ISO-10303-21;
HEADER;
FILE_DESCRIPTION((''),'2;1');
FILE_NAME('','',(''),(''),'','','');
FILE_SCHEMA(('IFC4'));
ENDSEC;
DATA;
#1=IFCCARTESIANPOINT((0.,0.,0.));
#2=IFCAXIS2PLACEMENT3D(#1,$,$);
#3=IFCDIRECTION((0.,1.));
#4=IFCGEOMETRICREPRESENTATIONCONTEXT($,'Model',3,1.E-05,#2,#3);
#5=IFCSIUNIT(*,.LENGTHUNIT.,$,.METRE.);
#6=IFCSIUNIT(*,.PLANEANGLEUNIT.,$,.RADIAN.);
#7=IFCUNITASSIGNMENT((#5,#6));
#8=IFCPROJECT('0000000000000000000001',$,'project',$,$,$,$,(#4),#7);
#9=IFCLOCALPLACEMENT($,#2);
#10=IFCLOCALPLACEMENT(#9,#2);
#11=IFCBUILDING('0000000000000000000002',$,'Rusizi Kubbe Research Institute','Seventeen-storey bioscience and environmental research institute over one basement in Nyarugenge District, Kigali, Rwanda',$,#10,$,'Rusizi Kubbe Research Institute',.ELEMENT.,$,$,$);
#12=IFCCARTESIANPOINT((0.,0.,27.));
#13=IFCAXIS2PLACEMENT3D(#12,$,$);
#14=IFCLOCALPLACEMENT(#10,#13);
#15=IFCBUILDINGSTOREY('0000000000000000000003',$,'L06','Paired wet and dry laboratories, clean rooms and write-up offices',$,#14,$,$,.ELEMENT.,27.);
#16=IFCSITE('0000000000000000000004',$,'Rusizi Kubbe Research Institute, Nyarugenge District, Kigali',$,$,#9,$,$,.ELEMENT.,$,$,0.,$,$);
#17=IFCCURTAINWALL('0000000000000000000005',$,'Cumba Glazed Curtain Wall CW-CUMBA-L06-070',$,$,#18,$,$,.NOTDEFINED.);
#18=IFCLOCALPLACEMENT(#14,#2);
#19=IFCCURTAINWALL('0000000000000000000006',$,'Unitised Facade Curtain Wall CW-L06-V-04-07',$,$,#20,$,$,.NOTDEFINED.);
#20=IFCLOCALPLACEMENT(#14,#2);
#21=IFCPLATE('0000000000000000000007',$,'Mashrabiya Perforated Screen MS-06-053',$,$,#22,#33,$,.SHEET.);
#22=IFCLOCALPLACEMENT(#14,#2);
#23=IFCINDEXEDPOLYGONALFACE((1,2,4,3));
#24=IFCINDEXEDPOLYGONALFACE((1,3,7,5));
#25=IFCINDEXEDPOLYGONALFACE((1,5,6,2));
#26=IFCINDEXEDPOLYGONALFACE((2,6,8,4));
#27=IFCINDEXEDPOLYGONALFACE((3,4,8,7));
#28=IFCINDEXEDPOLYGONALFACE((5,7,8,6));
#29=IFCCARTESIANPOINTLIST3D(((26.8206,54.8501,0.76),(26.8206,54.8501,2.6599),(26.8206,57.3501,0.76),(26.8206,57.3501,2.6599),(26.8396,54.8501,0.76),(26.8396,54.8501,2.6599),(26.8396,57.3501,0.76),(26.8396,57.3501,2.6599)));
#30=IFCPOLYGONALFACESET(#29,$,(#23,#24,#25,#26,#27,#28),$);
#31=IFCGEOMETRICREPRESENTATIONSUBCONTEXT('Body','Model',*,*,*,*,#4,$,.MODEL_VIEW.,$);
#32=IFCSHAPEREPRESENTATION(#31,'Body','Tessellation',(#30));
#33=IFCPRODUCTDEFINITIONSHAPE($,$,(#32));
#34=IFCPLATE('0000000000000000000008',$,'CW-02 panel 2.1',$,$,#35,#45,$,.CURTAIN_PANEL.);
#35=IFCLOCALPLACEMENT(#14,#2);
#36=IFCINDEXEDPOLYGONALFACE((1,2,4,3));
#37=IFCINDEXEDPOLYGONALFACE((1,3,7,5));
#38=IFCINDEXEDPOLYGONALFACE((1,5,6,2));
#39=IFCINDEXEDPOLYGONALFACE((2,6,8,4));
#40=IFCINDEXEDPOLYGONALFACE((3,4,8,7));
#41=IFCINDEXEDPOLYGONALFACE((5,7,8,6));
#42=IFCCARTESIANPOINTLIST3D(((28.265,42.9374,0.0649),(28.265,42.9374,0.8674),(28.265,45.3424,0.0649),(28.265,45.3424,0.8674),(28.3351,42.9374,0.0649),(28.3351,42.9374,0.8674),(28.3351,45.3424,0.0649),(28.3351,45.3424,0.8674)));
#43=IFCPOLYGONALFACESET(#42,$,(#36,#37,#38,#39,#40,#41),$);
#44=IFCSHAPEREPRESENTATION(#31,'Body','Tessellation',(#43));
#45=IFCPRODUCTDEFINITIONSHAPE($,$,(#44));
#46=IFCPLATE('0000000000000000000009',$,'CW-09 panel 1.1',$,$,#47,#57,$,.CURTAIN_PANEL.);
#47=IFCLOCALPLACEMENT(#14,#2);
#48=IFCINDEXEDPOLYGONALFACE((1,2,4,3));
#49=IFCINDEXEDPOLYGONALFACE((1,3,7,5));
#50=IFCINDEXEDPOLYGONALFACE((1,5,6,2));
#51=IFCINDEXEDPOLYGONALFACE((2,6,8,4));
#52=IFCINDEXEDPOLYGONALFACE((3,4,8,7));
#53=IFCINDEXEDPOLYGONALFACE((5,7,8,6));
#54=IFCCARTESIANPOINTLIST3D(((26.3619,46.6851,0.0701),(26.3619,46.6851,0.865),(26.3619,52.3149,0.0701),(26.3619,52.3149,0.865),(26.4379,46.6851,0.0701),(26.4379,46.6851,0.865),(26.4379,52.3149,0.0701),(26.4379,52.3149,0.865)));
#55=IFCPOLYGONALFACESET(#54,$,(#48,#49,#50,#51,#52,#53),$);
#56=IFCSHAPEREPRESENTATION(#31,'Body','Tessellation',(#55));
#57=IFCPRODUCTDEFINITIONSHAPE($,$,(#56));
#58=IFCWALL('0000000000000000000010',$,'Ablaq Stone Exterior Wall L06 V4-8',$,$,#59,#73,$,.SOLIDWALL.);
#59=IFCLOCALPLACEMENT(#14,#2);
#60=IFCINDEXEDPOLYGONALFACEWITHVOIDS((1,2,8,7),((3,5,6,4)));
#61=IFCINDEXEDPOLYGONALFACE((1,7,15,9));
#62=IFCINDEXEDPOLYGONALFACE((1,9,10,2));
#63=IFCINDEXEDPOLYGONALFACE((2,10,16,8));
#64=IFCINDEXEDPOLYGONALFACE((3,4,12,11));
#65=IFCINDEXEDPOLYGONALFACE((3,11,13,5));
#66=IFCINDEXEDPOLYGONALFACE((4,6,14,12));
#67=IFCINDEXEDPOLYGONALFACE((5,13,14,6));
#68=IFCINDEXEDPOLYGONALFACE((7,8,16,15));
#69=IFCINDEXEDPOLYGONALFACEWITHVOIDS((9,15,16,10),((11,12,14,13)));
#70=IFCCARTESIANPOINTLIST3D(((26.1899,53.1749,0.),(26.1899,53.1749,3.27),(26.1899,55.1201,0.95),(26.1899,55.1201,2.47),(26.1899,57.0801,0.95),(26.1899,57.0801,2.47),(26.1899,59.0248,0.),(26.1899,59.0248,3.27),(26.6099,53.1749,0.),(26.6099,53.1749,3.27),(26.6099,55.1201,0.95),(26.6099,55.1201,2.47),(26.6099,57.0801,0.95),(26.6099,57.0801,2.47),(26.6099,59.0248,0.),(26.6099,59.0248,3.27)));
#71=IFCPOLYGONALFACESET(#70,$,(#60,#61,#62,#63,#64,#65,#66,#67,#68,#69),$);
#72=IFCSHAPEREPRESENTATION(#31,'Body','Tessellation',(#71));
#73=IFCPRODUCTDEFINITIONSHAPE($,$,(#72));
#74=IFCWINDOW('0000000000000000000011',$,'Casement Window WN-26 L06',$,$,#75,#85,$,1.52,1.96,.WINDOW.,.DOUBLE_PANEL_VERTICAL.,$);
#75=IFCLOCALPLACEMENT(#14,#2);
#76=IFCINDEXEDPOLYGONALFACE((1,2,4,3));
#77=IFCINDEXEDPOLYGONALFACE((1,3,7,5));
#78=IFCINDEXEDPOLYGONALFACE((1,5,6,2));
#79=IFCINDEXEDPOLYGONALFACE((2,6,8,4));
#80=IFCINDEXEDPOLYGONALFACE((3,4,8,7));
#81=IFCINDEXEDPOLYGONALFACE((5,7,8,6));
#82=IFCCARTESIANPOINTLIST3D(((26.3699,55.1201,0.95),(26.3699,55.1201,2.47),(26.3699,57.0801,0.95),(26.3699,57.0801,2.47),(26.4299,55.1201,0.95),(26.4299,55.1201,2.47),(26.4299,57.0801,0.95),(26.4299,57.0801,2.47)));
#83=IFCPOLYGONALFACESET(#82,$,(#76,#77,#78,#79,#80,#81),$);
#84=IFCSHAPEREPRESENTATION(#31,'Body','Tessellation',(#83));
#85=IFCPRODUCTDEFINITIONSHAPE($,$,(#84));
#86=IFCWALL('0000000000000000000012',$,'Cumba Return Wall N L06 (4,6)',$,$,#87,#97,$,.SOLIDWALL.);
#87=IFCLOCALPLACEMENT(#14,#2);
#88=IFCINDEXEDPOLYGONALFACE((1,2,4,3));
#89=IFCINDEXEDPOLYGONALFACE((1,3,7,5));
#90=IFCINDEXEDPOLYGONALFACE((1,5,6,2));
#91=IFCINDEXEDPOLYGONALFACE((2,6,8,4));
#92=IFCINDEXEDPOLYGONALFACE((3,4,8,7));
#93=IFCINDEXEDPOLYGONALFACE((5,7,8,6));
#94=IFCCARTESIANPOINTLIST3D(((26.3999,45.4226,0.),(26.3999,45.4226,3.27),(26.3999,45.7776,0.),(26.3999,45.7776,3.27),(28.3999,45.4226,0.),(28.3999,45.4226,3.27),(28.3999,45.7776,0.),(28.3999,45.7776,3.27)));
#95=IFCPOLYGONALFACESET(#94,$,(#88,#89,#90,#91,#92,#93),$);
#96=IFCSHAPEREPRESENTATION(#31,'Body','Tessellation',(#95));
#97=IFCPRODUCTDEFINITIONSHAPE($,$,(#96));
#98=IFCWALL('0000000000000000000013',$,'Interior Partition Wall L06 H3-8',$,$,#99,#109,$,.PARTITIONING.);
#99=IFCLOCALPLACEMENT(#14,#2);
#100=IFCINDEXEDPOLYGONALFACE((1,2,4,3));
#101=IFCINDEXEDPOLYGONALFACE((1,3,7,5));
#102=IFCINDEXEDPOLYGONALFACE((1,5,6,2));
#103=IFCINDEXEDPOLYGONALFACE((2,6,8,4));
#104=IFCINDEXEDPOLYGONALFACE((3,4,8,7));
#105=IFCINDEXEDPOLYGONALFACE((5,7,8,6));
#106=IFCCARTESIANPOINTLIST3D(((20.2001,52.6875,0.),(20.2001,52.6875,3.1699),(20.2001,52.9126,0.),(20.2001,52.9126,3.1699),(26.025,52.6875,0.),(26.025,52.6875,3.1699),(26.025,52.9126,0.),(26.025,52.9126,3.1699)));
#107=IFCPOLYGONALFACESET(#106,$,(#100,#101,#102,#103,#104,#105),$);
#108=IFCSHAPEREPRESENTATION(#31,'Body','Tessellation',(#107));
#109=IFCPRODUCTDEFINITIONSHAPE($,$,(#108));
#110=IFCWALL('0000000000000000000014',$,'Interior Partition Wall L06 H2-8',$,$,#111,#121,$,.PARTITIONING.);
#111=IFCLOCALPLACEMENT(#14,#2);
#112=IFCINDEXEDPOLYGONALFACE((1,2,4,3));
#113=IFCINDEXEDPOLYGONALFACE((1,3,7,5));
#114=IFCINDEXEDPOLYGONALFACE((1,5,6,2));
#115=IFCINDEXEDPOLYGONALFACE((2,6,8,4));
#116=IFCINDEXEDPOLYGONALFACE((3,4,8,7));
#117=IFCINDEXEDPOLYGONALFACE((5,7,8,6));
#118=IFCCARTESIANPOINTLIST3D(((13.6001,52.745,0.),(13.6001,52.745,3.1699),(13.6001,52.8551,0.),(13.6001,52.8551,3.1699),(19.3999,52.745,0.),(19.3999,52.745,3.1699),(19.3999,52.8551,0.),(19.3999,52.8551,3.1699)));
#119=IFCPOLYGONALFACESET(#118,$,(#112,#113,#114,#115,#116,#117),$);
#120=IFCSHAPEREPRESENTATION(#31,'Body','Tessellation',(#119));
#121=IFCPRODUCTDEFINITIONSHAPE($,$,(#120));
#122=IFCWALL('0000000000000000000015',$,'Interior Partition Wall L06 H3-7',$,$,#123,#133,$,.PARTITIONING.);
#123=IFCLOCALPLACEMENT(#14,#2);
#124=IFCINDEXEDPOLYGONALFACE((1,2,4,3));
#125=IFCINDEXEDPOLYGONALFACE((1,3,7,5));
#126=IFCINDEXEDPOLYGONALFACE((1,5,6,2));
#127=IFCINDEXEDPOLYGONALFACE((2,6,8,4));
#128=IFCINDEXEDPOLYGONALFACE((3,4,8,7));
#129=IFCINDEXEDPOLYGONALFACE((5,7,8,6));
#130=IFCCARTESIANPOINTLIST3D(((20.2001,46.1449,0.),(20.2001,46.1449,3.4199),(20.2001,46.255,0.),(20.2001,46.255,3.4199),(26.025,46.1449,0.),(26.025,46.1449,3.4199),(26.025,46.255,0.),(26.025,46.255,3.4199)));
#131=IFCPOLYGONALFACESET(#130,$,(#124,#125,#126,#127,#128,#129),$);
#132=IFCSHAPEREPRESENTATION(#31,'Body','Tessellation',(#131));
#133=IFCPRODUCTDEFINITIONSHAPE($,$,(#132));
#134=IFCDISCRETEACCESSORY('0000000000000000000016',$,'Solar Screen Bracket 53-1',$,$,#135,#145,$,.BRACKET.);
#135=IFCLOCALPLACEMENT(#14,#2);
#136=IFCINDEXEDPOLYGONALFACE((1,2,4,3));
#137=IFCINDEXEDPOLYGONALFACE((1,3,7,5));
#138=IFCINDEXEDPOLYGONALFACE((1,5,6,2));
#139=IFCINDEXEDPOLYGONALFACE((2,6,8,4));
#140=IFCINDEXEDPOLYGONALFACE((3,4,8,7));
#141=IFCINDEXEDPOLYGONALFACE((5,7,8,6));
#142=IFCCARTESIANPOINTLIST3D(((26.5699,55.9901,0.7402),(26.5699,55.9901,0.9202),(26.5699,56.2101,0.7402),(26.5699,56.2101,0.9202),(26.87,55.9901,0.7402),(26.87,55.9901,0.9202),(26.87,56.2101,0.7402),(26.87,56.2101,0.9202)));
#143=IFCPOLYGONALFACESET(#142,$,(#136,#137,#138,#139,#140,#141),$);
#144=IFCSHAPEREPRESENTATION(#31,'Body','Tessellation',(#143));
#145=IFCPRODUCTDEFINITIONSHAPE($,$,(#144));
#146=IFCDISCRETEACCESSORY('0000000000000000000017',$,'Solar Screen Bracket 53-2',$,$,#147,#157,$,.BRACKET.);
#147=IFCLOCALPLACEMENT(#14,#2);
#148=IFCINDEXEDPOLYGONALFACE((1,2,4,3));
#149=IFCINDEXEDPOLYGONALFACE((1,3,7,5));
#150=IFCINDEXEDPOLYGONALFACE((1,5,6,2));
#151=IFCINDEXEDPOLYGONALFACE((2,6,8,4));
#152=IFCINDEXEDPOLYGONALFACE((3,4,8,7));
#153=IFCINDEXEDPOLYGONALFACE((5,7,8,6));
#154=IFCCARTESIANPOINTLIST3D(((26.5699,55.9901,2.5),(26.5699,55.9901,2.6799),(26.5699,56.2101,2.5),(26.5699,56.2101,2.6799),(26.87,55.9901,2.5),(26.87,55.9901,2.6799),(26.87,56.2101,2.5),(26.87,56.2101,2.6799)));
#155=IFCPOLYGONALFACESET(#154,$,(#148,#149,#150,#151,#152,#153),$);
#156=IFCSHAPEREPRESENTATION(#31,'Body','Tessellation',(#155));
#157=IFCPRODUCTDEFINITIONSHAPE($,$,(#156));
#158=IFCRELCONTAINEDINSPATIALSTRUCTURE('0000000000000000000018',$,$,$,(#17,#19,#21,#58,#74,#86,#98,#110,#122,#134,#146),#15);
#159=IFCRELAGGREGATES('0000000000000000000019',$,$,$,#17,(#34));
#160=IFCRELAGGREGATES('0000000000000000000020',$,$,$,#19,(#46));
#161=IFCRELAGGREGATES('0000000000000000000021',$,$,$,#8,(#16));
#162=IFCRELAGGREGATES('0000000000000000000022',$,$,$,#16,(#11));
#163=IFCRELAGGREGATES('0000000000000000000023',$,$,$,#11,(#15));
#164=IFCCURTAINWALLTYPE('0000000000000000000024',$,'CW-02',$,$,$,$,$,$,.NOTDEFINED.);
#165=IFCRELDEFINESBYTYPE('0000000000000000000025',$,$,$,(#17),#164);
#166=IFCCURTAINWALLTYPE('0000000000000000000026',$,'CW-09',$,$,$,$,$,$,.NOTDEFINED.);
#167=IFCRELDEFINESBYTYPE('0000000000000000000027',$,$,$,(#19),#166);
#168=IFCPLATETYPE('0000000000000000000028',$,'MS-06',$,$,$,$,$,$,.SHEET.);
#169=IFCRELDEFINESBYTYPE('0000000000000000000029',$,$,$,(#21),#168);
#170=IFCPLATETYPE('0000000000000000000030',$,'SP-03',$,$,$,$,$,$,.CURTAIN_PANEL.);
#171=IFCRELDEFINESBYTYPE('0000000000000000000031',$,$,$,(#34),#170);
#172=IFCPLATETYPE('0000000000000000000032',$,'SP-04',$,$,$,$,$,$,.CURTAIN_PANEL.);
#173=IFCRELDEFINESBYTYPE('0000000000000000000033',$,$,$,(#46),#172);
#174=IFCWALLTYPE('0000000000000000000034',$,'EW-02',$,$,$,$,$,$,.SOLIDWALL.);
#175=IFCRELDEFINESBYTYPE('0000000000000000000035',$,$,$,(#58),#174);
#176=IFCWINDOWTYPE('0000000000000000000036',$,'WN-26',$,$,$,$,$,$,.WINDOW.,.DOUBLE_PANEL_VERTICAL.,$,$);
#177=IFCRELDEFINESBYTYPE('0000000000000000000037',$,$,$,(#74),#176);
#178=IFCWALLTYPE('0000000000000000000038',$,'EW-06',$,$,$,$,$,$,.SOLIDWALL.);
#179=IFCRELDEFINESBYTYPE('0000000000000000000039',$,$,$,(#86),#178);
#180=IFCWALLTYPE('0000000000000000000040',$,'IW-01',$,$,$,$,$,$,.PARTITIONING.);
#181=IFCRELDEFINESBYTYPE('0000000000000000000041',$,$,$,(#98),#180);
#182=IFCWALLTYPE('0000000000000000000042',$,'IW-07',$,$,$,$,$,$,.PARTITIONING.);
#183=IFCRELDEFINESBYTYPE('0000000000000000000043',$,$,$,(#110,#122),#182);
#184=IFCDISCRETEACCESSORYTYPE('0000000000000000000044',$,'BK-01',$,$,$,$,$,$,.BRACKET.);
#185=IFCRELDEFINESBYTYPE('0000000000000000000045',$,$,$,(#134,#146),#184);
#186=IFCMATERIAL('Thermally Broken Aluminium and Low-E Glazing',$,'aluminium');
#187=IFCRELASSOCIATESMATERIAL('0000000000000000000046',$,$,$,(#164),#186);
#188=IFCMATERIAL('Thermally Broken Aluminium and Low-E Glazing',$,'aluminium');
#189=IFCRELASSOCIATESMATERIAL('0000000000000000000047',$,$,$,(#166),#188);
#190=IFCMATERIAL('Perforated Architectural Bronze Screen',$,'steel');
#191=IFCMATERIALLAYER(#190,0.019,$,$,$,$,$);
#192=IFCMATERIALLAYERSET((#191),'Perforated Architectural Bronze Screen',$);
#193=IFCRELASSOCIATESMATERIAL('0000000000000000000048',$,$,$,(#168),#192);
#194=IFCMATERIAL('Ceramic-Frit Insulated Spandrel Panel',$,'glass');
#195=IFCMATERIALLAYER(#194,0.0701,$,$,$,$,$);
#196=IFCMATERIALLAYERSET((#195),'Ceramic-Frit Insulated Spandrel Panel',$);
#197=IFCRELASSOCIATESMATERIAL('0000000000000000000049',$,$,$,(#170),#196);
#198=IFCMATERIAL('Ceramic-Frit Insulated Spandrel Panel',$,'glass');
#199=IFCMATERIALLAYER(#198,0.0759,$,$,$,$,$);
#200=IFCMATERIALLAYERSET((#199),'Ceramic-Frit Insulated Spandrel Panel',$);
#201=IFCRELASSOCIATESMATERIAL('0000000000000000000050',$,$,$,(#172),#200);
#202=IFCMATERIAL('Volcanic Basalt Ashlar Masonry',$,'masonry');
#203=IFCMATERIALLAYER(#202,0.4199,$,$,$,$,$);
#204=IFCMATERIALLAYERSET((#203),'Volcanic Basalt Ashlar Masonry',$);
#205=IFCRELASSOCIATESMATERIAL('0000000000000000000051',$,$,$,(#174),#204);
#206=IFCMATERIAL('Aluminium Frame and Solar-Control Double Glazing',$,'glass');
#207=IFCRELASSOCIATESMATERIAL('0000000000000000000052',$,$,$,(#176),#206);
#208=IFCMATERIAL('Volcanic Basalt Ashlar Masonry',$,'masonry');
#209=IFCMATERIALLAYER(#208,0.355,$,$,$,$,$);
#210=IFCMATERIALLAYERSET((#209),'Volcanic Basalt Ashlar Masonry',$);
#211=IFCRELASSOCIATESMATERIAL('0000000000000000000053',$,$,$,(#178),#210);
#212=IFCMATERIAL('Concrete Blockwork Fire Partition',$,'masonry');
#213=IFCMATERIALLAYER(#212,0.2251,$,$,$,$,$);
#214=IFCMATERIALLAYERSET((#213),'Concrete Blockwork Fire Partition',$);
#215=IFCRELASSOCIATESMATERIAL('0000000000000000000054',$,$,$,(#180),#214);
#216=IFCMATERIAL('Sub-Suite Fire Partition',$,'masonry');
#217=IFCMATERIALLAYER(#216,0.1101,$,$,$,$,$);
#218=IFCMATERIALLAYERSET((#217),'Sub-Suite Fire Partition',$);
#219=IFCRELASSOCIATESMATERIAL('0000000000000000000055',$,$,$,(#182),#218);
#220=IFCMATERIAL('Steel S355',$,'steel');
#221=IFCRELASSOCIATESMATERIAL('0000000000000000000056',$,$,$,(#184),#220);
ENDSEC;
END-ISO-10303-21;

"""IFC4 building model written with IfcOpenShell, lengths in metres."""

from ifc_helpers import new_model, si_unit, direction, frame, frame_2d, origin, origin_2d, place, context, subcontext, project, spatial, rectangle, extrude, material, layer, layer_set, type_object, element, fill, aggregate, save


model = new_model("IFC4")

# Units and contexts
model_context = context("Model", 3, precision=1e-05, world=origin(), true_north=direction((0.0, 1.0)))
body_context = subcontext(model_context, "Body", "Model", "MODEL_VIEW")
ifc_project = project(units=[si_unit("LENGTHUNIT", "METRE"), si_unit("PLANEANGLEUNIT", "RADIAN")], contexts=[model_context])

# Site, building, storey
site_placement = place(None, origin())
site = spatial("IfcSite", under=ifc_project, at=site_placement, Name="Rusizi Kubbe Research Institute, Nyarugenge District, Kigali", CompositionType="ELEMENT", RefElevation=0.0)
building_placement = place(site_placement, origin())
building = spatial("IfcBuilding", under=site, at=building_placement, Name="Rusizi Kubbe Research Institute", Description="Seventeen-storey bioscience and environmental research institute over one basement in Nyarugenge District, Kigali, Rwanda", LongName="Rusizi Kubbe Research Institute", CompositionType="ELEMENT")
storey_placement = place(building_placement, frame((0.0, 0.0, 27.0)))
storey = spatial("IfcBuildingStorey", under=building, at=storey_placement, Name="L06", Description="Paired wet and dry laboratories, clean rooms and write-up offices", CompositionType="ELEMENT", Elevation=27.0)

# Curtain wall
ifc_material_1 = material(Name="Thermally Broken Aluminium and Low-E Glazing", Category="aluminium")
curtain_wall_type_1 = type_object("IfcCurtainWallType", Name="CW-02", PredefinedType="NOTDEFINED", material=ifc_material_1)
curtain_wall_1_placement = place(storey_placement, origin())
curtain_wall_1 = element("IfcCurtainWall", 1, at=curtain_wall_1_placement, inside=storey, type_object=curtain_wall_type_1, Name="Cumba Glazed Curtain Wall CW-CUMBA-L06-070", PredefinedType="NOTDEFINED")

# Curtain wall
ifc_material_2 = material(Name="Thermally Broken Aluminium and Low-E Glazing", Category="aluminium")
curtain_wall_type_2 = type_object("IfcCurtainWallType", Name="CW-09", PredefinedType="NOTDEFINED", material=ifc_material_2)
curtain_wall_2_placement = place(storey_placement, origin())
curtain_wall_2 = element("IfcCurtainWall", 2, at=curtain_wall_2_placement, inside=storey, type_object=curtain_wall_type_2, Name="Unitised Facade Curtain Wall CW-L06-V-04-07", PredefinedType="NOTDEFINED")

# Plates
ifc_material_3 = material(Name="Perforated Architectural Bronze Screen", Category="steel")
ifc_layer_1 = layer(ifc_material_3, 0.019)
ifc_layer_set_1 = layer_set([ifc_layer_1], Name="Perforated Architectural Bronze Screen")
plate_type_1 = type_object("IfcPlateType", Name="MS-06", PredefinedType="SHEET", material=ifc_layer_set_1)
plate_1_placement = place(storey_placement, frame((26.8301, 56.1001, 0.76), z_axis=(0.0, 0.0, 1.0), x_axis=(0.0, 1.0, 0.0)))
element("IfcPlate", 3, at=plate_1_placement, inside=storey, type_object=plate_type_1, Name="Mashrabiya Perforated Screen MS-06-053", PredefinedType="SHEET", context=body_context, shape_type="SweptSolid", body=[
    extrude(rectangle(XDim=2.5, YDim=0.019, at=origin_2d()), origin(), (0.0, 0.0, 1.0), 1.8999),
])
ifc_material_4 = material(Name="Ceramic-Frit Insulated Spandrel Panel", Category="glass")
ifc_layer_2 = layer(ifc_material_4, 0.0701)
ifc_layer_set_2 = layer_set([ifc_layer_2], Name="Ceramic-Frit Insulated Spandrel Panel")
plate_type_2 = type_object("IfcPlateType", Name="SP-03", PredefinedType="CURTAIN_PANEL", material=ifc_layer_set_2)
plate_2_placement = place(storey_placement, frame((28.3, 44.1399, 0.0649), z_axis=(0.0, 0.0, 1.0), x_axis=(0.0, 1.0, 0.0)))
plate_2 = element("IfcPlate", 4, at=plate_2_placement, type_object=plate_type_2, Name="CW-02 panel 2.1", PredefinedType="CURTAIN_PANEL", context=body_context, shape_type="SweptSolid", body=[
    extrude(rectangle(XDim=2.405, YDim=0.0701, at=origin_2d()), origin(), (0.0, 0.0, 1.0), 0.8025),
])
aggregate(curtain_wall_1, [plate_2])
ifc_material_5 = material(Name="Ceramic-Frit Insulated Spandrel Panel", Category="glass")
ifc_layer_3 = layer(ifc_material_5, 0.0759)
ifc_layer_set_3 = layer_set([ifc_layer_3], Name="Ceramic-Frit Insulated Spandrel Panel")
plate_type_3 = type_object("IfcPlateType", Name="SP-04", PredefinedType="CURTAIN_PANEL", material=ifc_layer_set_3)
plate_3_placement = place(storey_placement, frame((26.3999, 49.5, 0.0701), z_axis=(0.0, 0.0, 1.0), x_axis=(0.0, 1.0, 0.0)))
plate_3 = element("IfcPlate", 5, at=plate_3_placement, type_object=plate_type_3, Name="CW-09 panel 1.1", PredefinedType="CURTAIN_PANEL", context=body_context, shape_type="SweptSolid", body=[
    extrude(rectangle(XDim=5.6299, YDim=0.0759, at=origin_2d()), origin(), (0.0, 0.0, 1.0), 0.7949),
])
aggregate(curtain_wall_2, [plate_3])

# Wall, opening, window
ifc_material_6 = material(Name="Volcanic Basalt Ashlar Masonry", Category="masonry")
ifc_layer_4 = layer(ifc_material_6, 0.4199)
ifc_layer_set_4 = layer_set([ifc_layer_4], Name="Volcanic Basalt Ashlar Masonry")
wall_type_1 = type_object("IfcWallType", Name="EW-02", PredefinedType="SOLIDWALL", material=ifc_layer_set_4)
wall_1_placement = place(storey_placement, frame((26.3999, 53.175, 0.0), z_axis=(0.0, 0.0, 1.0), x_axis=(0.0, 1.0, 0.0)))
wall_1 = element("IfcWall", 6, at=wall_1_placement, inside=storey, type_object=wall_type_1, Name="Ablaq Stone Exterior Wall L06 V4-8", PredefinedType="SOLIDWALL", context=body_context, shape_type="SweptSolid", body=[
    extrude(rectangle(XDim=5.8499, YDim=0.4199, at=frame_2d((2.9248, 0.0))), origin(), (0.0, 0.0, 1.0), 3.27),
])
opening_placement = place(wall_1_placement, frame((1.9451, 0.0, 0.95)))
opening = element("IfcOpeningElement", 7, at=opening_placement, cuts=wall_1, PredefinedType="OPENING", context=body_context, shape_type="SweptSolid", body=[
    extrude(rectangle(XDim=1.96, YDim=1.52, at=frame_2d((0.98, 0.76))), frame((0.0, 0.22, 0.0), z_axis=(0.0, -1.0, 0.0), x_axis=(1.0, 0.0, 0.0)), (0.0, 0.0, 1.0), 0.4399),
])
ifc_material_7 = material(Name="Aluminium Frame and Solar-Control Double Glazing", Category="glass")
window_type = type_object("IfcWindowType", Name="WN-26", PartitioningType="DOUBLE_PANEL_VERTICAL", PredefinedType="WINDOW", material=ifc_material_7)
window_placement = place(opening_placement, origin())
window = element("IfcWindow", 8, at=window_placement, inside=storey, type_object=window_type, Name="Casement Window WN-26 L06", OverallHeight=1.52, OverallWidth=1.96, PartitioningType="DOUBLE_PANEL_VERTICAL", PredefinedType="WINDOW", context=body_context, shape_type="SweptSolid", body=[
    extrude(rectangle(XDim=1.96, YDim=1.52, at=frame_2d((0.98, 0.76))), frame((0.0, 0.03, 0.0), z_axis=(0.0, -1.0, 0.0), x_axis=(1.0, 0.0, 0.0)), (0.0, 0.0, 1.0), 0.0601),
])
fill(opening, window)

# Walls
ifc_material_8 = material(Name="Volcanic Basalt Ashlar Masonry", Category="masonry")
ifc_layer_5 = layer(ifc_material_8, 0.355)
ifc_layer_set_5 = layer_set([ifc_layer_5], Name="Volcanic Basalt Ashlar Masonry")
wall_type_2 = type_object("IfcWallType", Name="EW-06", PredefinedType="SOLIDWALL", material=ifc_layer_set_5)
wall_2_placement = place(storey_placement, frame((26.3999, 45.6001, 0.0), z_axis=(0.0, 0.0, 1.0), x_axis=(1.0, 0.0, 0.0)))
element("IfcWall", 9, at=wall_2_placement, inside=storey, type_object=wall_type_2, Name="Cumba Return Wall N L06 (4,6)", PredefinedType="SOLIDWALL", context=body_context, shape_type="SweptSolid", body=[
    extrude(rectangle(XDim=2.0, YDim=0.355, at=frame_2d((1.0, 0.0))), origin(), (0.0, 0.0, 1.0), 3.27),
])
ifc_material_9 = material(Name="Concrete Blockwork Fire Partition", Category="masonry")
ifc_layer_6 = layer(ifc_material_9, 0.2251)
ifc_layer_set_6 = layer_set([ifc_layer_6], Name="Concrete Blockwork Fire Partition")
wall_type_3 = type_object("IfcWallType", Name="IW-01", PredefinedType="PARTITIONING", material=ifc_layer_set_6)
wall_3_placement = place(storey_placement, frame((20.2, 52.8, 0.0), z_axis=(0.0, 0.0, 1.0), x_axis=(1.0, 0.0, 0.0)))
element("IfcWall", 10, at=wall_3_placement, inside=storey, type_object=wall_type_3, Name="Interior Partition Wall L06 H3-8", PredefinedType="PARTITIONING", context=body_context, shape_type="SweptSolid", body=[
    extrude(rectangle(XDim=5.825, YDim=0.2251, at=frame_2d((2.9126, 0.0))), origin(), (0.0, 0.0, 1.0), 3.1699),
])
ifc_material_10 = material(Name="Sub-Suite Fire Partition", Category="masonry")
ifc_layer_7 = layer(ifc_material_10, 0.1101)
ifc_layer_set_7 = layer_set([ifc_layer_7], Name="Sub-Suite Fire Partition")
wall_type_4 = type_object("IfcWallType", Name="IW-07", PredefinedType="PARTITIONING", material=ifc_layer_set_7)
wall_4_placement = place(storey_placement, frame((13.6001, 52.8, 0.0), z_axis=(0.0, 0.0, 1.0), x_axis=(1.0, 0.0, 0.0)))
element("IfcWall", 11, at=wall_4_placement, inside=storey, type_object=wall_type_4, Name="Interior Partition Wall L06 H2-8", PredefinedType="PARTITIONING", context=body_context, shape_type="SweptSolid", body=[
    extrude(rectangle(XDim=5.7998, YDim=0.1101, at=frame_2d((2.8999, 0.0))), origin(), (0.0, 0.0, 1.0), 3.1699),
])
wall_5_placement = place(storey_placement, frame((20.2, 46.2, 0.0), z_axis=(0.0, 0.0, 1.0), x_axis=(1.0, 0.0, 0.0)))
element("IfcWall", 12, at=wall_5_placement, inside=storey, type_object=wall_type_4, Name="Interior Partition Wall L06 H3-7", PredefinedType="PARTITIONING", context=body_context, shape_type="SweptSolid", body=[
    extrude(rectangle(XDim=5.825, YDim=0.1101, at=frame_2d((2.9126, 0.0))), origin(), (0.0, 0.0, 1.0), 3.4199),
])

# Discrete accessories
ifc_material_11 = material(Name="Steel S355", Category="steel")
discrete_accessory_type = type_object("IfcDiscreteAccessoryType", Name="BK-01", PredefinedType="BRACKET", material=ifc_material_11)
for number, where, z_axis, x_axis, name in (
    (13, (26.72, 56.1001, 0.7402), (0.0, 0.0, 1.0), (1.0, 0.0, 0.0), "Solar Screen Bracket 53-1"),
    (14, (26.72, 56.1001, 2.5), (0.0, 0.0, 1.0), (1.0, 0.0, 0.0), "Solar Screen Bracket 53-2"),
):
    element("IfcDiscreteAccessory", number, at=place(storey_placement, frame(where, z_axis=z_axis, x_axis=x_axis)), inside=storey, type_object=discrete_accessory_type, Name=name, PredefinedType="BRACKET", context=body_context, shape_type="SweptSolid", body=[
        extrude(rectangle(XDim=0.3, YDim=0.22, at=origin_2d()), origin(), (0.0, 0.0, 1.0), 0.1799),
    ])

save(model, "model.ifc")
